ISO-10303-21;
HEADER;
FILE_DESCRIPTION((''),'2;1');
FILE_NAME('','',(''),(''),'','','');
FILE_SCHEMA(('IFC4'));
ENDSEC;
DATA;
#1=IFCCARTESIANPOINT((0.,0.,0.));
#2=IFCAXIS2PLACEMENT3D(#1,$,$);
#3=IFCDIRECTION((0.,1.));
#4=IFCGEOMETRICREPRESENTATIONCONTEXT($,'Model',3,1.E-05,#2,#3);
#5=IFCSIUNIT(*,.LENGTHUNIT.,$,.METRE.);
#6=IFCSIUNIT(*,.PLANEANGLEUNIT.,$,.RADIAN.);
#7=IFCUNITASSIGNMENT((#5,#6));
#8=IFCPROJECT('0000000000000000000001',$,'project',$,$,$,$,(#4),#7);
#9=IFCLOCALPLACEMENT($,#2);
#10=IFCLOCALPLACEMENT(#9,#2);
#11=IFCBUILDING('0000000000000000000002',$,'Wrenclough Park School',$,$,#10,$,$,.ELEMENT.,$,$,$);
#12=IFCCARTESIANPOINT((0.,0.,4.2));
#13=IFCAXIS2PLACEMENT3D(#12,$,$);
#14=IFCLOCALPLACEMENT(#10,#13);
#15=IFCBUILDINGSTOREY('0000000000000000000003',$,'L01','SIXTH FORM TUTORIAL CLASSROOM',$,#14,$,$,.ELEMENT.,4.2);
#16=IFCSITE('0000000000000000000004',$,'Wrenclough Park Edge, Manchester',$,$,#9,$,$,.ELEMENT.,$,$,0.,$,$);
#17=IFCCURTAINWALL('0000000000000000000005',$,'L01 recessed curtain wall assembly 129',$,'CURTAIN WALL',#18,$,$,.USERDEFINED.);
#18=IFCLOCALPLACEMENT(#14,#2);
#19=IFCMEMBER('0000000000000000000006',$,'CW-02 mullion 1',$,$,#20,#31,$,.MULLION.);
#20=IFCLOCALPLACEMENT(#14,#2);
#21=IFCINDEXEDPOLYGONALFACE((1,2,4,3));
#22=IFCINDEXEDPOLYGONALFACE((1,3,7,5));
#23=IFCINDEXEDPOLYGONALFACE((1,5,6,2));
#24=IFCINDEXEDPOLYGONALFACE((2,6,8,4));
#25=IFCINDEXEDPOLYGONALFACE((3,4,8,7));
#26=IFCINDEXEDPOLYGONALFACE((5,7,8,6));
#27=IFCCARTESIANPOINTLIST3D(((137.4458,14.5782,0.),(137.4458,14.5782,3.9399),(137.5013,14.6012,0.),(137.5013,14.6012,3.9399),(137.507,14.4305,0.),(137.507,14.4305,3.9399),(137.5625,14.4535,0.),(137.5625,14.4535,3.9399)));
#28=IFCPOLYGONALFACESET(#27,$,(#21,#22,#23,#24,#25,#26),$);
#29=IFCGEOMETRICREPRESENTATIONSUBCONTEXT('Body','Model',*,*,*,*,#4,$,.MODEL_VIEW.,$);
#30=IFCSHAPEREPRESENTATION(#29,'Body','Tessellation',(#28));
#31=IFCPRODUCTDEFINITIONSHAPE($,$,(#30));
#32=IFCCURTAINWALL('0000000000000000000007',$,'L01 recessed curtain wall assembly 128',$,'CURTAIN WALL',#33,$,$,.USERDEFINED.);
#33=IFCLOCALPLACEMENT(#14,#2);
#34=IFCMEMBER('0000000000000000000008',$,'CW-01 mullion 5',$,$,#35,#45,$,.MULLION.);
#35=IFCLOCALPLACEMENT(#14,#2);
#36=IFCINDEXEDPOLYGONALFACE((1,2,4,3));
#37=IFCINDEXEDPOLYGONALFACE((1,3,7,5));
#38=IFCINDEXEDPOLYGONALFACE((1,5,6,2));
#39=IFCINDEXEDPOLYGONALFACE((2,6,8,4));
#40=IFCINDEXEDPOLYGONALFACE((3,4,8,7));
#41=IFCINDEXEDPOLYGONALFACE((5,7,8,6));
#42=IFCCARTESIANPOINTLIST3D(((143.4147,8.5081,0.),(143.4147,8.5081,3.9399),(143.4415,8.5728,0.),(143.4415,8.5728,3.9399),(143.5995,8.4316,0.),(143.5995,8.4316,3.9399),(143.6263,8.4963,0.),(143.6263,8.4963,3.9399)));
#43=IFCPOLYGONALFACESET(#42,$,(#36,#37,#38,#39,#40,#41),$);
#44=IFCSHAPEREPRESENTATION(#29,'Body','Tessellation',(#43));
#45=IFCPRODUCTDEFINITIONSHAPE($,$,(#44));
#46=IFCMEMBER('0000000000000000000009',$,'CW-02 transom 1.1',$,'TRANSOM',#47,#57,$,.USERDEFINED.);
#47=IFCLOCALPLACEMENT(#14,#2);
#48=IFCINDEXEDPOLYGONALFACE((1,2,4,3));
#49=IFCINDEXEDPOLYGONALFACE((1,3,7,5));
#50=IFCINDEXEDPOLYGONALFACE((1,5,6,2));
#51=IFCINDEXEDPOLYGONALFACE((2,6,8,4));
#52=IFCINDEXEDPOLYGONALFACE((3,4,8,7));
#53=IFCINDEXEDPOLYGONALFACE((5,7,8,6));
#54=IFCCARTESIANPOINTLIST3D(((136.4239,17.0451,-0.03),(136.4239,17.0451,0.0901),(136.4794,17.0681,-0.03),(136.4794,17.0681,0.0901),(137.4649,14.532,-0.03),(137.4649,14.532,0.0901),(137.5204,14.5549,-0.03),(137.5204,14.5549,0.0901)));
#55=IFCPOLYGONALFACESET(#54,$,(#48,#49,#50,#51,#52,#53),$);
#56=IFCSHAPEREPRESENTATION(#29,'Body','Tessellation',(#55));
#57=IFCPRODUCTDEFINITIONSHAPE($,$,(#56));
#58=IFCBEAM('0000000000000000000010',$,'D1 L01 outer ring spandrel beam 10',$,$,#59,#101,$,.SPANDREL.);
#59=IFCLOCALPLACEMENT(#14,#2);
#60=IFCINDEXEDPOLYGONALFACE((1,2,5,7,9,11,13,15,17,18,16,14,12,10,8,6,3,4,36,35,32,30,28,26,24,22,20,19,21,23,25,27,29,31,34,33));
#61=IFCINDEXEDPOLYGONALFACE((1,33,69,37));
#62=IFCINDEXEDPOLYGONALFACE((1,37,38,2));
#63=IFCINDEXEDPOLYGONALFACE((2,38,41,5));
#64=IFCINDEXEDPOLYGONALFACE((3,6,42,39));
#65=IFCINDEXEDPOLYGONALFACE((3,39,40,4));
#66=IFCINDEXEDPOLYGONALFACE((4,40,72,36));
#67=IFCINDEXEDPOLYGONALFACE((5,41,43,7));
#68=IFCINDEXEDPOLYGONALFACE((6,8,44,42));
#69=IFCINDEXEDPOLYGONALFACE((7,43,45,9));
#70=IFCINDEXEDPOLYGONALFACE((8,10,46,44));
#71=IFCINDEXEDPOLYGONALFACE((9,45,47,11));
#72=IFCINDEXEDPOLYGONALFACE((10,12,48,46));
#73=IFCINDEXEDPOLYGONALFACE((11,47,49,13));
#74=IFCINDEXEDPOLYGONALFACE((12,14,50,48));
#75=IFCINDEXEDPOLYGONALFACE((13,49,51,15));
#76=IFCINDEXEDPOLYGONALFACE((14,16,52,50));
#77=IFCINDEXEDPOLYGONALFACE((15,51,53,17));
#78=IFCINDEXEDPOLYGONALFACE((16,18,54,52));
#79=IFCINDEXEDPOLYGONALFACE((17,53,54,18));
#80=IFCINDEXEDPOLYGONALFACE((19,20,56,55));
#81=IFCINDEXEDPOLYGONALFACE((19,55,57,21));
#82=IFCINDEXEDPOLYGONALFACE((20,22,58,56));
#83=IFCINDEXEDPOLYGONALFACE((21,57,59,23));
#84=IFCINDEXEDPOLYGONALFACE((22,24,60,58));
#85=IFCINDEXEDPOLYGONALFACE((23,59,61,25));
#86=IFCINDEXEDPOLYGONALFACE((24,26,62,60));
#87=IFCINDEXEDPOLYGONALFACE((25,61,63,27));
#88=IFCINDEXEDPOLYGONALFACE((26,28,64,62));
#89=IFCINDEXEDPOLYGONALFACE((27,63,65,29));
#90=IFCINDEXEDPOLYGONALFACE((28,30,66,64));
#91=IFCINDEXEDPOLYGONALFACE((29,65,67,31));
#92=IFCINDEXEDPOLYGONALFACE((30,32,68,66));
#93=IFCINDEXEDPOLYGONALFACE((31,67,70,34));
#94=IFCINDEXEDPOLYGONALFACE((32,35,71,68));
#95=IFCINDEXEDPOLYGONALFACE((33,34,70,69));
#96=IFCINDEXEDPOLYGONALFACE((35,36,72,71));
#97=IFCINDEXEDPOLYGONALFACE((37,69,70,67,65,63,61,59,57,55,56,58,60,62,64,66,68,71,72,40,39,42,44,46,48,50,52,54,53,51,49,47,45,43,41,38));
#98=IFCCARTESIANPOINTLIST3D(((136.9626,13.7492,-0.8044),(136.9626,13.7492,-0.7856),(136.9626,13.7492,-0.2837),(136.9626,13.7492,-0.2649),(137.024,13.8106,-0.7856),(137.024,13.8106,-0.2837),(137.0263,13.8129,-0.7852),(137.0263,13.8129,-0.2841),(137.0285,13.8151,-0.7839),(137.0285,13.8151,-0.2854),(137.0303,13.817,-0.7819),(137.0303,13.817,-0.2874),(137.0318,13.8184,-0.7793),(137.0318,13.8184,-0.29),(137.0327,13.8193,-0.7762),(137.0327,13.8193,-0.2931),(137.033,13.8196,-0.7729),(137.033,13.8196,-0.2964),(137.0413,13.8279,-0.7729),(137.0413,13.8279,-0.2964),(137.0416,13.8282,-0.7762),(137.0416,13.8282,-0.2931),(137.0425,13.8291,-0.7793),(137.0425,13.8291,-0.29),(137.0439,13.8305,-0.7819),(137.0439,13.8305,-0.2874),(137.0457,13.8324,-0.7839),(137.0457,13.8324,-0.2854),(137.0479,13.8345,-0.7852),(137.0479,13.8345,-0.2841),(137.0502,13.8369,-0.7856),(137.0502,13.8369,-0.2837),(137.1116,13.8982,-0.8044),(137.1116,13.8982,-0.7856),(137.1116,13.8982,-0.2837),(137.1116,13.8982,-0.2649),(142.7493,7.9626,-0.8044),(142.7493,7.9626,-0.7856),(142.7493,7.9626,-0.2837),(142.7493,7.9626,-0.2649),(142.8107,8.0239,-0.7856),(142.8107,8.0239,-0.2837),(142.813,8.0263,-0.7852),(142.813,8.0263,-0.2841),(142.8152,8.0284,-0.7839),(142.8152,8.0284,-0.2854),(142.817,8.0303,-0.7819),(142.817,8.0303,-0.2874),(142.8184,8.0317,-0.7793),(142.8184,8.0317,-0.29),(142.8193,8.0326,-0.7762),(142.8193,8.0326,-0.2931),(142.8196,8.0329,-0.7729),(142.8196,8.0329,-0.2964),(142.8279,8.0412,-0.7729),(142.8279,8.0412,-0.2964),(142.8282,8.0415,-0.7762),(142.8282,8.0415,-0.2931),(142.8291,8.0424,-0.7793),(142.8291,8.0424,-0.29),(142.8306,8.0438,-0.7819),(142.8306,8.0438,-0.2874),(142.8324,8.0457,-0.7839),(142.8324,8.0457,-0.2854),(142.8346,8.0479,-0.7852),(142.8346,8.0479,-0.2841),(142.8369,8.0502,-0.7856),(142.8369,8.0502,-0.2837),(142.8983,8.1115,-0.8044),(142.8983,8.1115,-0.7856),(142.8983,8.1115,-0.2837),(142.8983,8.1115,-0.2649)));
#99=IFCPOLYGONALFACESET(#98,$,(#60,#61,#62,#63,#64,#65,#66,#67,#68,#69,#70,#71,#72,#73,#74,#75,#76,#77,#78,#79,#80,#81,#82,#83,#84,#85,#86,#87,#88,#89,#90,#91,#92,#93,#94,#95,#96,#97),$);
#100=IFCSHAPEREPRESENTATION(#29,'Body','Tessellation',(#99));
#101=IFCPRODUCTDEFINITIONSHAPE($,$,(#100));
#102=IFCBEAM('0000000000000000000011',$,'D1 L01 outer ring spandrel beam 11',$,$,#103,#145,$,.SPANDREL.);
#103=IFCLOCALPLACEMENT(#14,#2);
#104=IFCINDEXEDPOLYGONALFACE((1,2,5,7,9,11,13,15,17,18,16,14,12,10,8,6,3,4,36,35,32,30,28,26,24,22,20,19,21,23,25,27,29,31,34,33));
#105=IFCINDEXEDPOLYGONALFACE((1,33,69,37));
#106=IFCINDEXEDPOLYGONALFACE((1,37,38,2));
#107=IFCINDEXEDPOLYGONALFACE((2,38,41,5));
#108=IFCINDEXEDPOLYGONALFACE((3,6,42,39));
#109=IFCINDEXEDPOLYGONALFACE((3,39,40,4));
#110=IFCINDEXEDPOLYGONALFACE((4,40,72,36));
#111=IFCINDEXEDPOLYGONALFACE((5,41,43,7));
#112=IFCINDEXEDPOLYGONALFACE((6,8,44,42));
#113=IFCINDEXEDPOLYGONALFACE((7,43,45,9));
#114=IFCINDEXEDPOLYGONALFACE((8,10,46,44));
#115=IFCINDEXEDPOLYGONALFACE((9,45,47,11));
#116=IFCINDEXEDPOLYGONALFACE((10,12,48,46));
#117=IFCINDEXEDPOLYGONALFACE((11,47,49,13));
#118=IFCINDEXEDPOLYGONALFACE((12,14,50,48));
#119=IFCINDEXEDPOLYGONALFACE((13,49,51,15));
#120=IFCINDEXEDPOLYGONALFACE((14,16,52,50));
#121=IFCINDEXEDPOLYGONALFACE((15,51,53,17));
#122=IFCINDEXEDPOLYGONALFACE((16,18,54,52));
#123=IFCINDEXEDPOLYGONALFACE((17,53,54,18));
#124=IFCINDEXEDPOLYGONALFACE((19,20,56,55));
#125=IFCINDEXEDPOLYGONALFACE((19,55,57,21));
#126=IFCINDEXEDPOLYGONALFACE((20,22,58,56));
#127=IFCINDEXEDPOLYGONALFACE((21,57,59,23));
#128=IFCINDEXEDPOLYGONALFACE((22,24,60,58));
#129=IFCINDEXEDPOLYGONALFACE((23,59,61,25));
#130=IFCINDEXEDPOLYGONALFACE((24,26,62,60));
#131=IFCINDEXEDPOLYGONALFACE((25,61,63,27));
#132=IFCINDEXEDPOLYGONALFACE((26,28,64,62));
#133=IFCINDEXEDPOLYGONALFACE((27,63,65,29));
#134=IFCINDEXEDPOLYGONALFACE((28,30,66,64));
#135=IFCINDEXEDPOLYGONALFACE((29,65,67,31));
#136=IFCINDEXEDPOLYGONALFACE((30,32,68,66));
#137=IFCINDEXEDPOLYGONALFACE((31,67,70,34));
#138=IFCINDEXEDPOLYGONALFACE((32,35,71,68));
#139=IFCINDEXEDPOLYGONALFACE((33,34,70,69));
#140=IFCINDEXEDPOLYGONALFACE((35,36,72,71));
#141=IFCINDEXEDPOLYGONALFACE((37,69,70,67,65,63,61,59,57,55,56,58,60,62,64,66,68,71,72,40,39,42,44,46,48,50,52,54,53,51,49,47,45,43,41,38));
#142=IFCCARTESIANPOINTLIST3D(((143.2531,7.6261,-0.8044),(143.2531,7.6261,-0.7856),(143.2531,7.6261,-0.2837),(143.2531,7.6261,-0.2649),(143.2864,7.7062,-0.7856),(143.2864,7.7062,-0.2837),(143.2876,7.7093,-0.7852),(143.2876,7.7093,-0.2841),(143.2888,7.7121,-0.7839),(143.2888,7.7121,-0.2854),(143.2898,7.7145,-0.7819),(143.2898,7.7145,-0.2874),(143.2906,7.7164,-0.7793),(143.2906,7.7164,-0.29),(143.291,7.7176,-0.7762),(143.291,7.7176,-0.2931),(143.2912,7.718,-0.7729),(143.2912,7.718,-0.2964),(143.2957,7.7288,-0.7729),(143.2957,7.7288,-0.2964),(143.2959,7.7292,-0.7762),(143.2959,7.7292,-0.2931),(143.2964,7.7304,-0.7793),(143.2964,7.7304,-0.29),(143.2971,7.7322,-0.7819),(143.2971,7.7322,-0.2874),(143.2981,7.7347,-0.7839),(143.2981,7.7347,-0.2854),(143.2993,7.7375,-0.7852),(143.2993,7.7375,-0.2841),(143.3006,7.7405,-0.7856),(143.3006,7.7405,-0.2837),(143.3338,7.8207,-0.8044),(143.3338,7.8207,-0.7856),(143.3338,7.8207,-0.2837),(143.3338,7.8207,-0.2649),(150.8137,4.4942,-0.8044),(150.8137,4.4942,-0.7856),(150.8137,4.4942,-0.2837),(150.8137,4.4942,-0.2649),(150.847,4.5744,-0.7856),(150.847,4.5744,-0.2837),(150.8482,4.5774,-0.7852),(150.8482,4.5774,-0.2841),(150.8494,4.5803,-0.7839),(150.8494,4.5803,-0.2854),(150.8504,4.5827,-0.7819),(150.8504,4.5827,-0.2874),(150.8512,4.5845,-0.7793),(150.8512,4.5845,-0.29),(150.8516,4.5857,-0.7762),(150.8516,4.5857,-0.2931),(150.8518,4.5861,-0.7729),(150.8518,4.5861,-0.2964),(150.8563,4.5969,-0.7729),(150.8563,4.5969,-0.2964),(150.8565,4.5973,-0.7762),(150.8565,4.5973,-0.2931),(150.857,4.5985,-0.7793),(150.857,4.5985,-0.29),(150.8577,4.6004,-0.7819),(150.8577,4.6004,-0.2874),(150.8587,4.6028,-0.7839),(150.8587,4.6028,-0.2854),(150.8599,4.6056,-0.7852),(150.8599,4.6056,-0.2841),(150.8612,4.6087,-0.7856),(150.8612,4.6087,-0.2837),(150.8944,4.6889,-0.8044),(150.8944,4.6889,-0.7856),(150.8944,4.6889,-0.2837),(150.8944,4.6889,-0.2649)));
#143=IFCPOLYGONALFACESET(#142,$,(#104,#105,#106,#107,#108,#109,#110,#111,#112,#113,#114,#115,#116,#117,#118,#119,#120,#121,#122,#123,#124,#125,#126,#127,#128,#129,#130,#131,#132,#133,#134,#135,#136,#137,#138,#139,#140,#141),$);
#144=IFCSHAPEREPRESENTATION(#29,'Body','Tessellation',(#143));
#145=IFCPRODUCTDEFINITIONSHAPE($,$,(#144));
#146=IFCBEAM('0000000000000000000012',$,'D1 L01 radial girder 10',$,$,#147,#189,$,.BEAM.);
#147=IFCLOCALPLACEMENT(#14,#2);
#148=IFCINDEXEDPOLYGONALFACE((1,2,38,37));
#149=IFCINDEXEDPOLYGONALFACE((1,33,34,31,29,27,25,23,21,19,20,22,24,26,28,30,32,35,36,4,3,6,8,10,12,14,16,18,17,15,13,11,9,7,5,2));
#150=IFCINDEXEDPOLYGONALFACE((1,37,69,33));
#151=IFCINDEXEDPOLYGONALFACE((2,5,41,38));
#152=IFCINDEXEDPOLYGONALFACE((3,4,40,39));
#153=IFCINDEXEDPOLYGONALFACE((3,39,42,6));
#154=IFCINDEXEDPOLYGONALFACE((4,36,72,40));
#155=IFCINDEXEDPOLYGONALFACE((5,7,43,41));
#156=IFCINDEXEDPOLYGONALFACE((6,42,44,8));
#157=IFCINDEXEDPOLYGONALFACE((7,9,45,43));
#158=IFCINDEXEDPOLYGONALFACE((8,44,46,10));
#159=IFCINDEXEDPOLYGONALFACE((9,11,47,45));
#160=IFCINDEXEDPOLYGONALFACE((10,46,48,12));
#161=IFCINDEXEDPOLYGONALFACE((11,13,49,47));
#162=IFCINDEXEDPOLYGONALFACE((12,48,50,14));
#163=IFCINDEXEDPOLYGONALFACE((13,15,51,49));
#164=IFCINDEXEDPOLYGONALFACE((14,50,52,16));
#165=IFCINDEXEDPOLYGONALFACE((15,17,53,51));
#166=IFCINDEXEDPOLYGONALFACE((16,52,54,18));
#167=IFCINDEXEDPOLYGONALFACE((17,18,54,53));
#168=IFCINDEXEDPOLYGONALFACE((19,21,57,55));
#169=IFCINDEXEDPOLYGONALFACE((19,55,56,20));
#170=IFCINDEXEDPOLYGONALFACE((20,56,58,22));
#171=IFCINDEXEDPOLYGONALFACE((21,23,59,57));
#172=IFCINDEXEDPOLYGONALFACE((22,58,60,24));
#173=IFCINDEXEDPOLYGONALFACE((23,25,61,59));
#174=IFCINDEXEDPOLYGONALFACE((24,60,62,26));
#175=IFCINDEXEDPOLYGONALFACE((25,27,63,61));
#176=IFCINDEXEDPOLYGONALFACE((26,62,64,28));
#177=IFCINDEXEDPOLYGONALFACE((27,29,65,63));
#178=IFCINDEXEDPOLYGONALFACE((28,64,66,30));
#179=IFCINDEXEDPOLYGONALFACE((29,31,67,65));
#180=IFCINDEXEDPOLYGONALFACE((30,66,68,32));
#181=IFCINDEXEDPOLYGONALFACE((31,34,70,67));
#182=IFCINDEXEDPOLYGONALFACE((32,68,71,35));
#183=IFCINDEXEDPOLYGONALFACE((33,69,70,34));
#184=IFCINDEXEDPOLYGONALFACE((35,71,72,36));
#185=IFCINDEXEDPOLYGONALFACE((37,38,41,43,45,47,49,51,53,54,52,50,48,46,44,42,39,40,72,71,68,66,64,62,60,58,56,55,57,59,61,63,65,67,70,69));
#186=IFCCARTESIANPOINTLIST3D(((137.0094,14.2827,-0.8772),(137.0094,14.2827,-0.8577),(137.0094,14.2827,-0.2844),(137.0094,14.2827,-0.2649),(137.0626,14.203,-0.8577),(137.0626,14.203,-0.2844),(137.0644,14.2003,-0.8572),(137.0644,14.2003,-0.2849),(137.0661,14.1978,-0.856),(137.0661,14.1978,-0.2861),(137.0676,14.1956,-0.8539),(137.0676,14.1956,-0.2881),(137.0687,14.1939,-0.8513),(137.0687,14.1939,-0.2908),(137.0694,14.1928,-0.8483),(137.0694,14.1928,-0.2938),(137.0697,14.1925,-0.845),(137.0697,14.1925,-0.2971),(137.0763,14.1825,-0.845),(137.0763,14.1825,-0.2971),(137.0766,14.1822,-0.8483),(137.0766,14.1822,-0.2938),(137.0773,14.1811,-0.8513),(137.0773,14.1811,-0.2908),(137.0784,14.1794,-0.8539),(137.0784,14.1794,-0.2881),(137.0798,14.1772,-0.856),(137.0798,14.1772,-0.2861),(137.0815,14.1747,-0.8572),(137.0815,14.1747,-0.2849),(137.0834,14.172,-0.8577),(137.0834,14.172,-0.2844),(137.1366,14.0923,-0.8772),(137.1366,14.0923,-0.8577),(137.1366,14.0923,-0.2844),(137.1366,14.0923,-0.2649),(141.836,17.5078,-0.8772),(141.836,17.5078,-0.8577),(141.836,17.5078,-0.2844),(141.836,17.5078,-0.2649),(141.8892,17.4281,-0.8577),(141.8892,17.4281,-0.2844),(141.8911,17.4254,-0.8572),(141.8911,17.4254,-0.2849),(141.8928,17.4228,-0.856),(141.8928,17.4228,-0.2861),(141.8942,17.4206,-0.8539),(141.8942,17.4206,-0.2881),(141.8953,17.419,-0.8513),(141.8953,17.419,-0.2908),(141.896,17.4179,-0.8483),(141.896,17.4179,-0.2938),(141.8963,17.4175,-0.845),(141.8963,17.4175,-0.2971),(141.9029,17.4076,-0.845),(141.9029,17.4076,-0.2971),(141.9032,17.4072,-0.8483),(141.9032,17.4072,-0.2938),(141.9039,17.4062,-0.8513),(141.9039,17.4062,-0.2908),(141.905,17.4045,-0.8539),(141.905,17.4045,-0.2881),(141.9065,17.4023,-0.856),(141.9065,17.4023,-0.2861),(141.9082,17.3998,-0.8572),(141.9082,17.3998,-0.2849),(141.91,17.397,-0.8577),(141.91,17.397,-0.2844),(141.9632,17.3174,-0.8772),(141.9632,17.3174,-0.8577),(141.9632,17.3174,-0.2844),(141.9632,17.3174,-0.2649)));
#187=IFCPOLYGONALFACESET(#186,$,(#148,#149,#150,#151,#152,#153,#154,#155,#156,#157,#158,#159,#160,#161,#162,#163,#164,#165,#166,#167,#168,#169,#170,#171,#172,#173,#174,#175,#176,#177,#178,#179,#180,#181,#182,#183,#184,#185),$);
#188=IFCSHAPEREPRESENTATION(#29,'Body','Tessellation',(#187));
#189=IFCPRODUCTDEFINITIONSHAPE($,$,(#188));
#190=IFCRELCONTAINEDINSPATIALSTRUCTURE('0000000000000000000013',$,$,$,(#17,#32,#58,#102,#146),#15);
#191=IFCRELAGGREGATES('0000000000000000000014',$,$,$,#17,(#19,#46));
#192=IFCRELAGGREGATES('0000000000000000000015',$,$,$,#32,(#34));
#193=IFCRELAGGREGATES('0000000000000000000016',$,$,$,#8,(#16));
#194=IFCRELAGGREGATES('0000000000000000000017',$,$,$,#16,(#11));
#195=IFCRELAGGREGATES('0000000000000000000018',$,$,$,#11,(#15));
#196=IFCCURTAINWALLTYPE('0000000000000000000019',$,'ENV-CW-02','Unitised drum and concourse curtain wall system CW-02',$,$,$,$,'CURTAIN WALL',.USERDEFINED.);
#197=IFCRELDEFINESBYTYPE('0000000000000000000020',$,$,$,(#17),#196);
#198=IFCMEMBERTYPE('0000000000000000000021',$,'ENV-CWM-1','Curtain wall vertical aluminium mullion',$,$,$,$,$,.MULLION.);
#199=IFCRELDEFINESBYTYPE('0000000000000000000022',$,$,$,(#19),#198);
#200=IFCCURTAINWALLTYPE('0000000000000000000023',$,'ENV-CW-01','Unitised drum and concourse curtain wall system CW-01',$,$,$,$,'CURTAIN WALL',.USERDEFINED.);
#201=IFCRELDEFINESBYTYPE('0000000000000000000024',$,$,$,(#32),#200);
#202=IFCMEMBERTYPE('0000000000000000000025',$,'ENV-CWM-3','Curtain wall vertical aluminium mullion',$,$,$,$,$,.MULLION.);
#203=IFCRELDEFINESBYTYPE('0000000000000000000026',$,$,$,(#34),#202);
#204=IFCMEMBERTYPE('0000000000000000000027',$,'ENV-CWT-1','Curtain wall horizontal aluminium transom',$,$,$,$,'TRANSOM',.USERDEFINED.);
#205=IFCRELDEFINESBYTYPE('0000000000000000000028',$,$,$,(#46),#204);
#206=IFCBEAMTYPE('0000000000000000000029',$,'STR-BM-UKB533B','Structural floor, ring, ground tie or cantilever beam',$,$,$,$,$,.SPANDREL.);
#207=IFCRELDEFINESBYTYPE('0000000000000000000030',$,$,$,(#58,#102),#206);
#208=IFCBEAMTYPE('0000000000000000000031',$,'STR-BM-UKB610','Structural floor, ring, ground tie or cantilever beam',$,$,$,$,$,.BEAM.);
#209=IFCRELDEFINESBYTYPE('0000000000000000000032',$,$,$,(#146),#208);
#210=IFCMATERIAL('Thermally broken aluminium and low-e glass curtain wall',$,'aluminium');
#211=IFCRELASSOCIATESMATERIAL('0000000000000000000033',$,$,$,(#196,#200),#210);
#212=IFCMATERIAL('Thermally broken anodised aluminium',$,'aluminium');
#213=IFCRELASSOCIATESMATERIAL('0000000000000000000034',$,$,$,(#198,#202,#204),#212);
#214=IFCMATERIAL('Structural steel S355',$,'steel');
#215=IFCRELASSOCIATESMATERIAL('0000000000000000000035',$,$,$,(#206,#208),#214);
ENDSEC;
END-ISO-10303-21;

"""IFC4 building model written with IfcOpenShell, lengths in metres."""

from ifc_helpers import new_model, si_unit, direction, frame, origin, origin_2d, place, context, subcontext, project, spatial, rectangle, i_section, extrude, material, material_profile, profile_set, type_object, element, aggregate, save


model = new_model("IFC4")

# Units and contexts
model_context = context("Model", 3, precision=1e-05, world=origin(), true_north=direction((0.0, 1.0)))
body_context = subcontext(model_context, "Body", "Model", "MODEL_VIEW")
ifc_project = project(units=[si_unit("LENGTHUNIT", "METRE"), si_unit("PLANEANGLEUNIT", "RADIAN")], contexts=[model_context])

# Site, building, storey
site_placement = place(None, origin())
site = spatial("IfcSite", under=ifc_project, at=site_placement, Name="Wrenclough Park Edge, Manchester", CompositionType="ELEMENT", RefElevation=0.0)
building_placement = place(site_placement, origin())
building = spatial("IfcBuilding", under=site, at=building_placement, Name="Wrenclough Park School", CompositionType="ELEMENT")
storey_placement = place(building_placement, frame((0.0, 0.0, 4.2)))
storey = spatial("IfcBuildingStorey", under=building, at=storey_placement, Name="L01", Description="SIXTH FORM TUTORIAL CLASSROOM", CompositionType="ELEMENT", Elevation=4.2)

# Curtain walls, members
ifc_material_1 = material(Name="Thermally broken aluminium and low-e glass curtain wall", Category="aluminium")
curtain_wall_type_1 = type_object("IfcCurtainWallType", Name="ENV-CW-02", Description="Unitised drum and concourse curtain wall system CW-02", ElementType="CURTAIN WALL", PredefinedType="USERDEFINED", material=ifc_material_1)
curtain_wall_1_placement = place(storey_placement, origin())
curtain_wall_1 = element("IfcCurtainWall", 1, at=curtain_wall_1_placement, inside=storey, type_object=curtain_wall_type_1, Name="L01 recessed curtain wall assembly 129", ObjectType="CURTAIN WALL", PredefinedType="USERDEFINED")
ifc_material_2 = material(Name="Thermally broken anodised aluminium", Category="aluminium")
ifc_material_profile_1 = material_profile(ifc_material_2, rectangle(XDim=0.0601, YDim=0.1599, at=origin_2d()), Name="AL MULLION 60x160")
ifc_profile_set_1 = profile_set([ifc_material_profile_1], Name="Thermally broken anodised aluminium")
member_type_1 = type_object("IfcMemberType", Name="ENV-CWM-1", Description="Curtain wall vertical aluminium mullion", PredefinedType="MULLION", material=ifc_profile_set_1)
member_1_placement = place(storey_placement, frame((137.5042, 14.5159, 0.0), z_axis=(0.0, 0.0, 1.0), x_axis=(-0.923878, -0.382687, 0.0)))
member_1 = element("IfcMember", 2, at=member_1_placement, type_object=member_type_1, Name="CW-02 mullion 1", PredefinedType="MULLION", context=body_context, shape_type="SweptSolid", body=[
    extrude(rectangle(XDim=0.0601, YDim=0.1599, at=origin_2d()), origin(), (0.0, 0.0, 1.0), 3.9399),
])
curtain_wall_type_2 = type_object("IfcCurtainWallType", Name="ENV-CW-01", Description="Unitised drum and concourse curtain wall system CW-01", ElementType="CURTAIN WALL", PredefinedType="USERDEFINED", material=ifc_material_1)
curtain_wall_2_placement = place(storey_placement, origin())
curtain_wall_2 = element("IfcCurtainWall", 3, at=curtain_wall_2_placement, inside=storey, type_object=curtain_wall_type_2, Name="L01 recessed curtain wall assembly 128", ObjectType="CURTAIN WALL", PredefinedType="USERDEFINED")
ifc_material_profile_2 = material_profile(ifc_material_2, rectangle(XDim=0.0701, YDim=0.2, at=origin_2d()), Name="AL MULLION 70x200")
ifc_profile_set_2 = profile_set([ifc_material_profile_2], Name="Thermally broken anodised aluminium")
member_type_2 = type_object("IfcMemberType", Name="ENV-CWM-3", Description="Curtain wall vertical aluminium mullion", PredefinedType="MULLION", material=ifc_profile_set_2)
member_2_placement = place(storey_placement, frame((143.5205, 8.5022, 0.0), z_axis=(0.0, 0.0, 1.0), x_axis=(-0.382687, -0.923878, 0.0)))
member_2 = element("IfcMember", 4, at=member_2_placement, type_object=member_type_2, Name="CW-01 mullion 5", PredefinedType="MULLION", context=body_context, shape_type="SweptSolid", body=[
    extrude(rectangle(XDim=0.0701, YDim=0.2, at=origin_2d()), origin(), (0.0, 0.0, 1.0), 3.9399),
])

# Member
ifc_material_profile_3 = material_profile(ifc_material_2, rectangle(XDim=0.0601, YDim=0.1201, at=origin_2d()), Name="AL TRANSOM 60x120")
ifc_profile_set_3 = profile_set([ifc_material_profile_3], Name="Thermally broken anodised aluminium")
member_type_3 = type_object("IfcMemberType", Name="ENV-CWT-1", Description="Curtain wall horizontal aluminium transom", ElementType="TRANSOM", PredefinedType="USERDEFINED", material=ifc_profile_set_3)
member_3_placement = place(storey_placement, frame((137.4927, 14.5435, 0.03), z_axis=(-0.38269, 0.923877, 0.0), x_axis=(-0.923877, -0.38269, 0.0)))
member_3 = element("IfcMember", 5, at=member_3_placement, type_object=member_type_3, Name="CW-02 transom 1.1", ObjectType="TRANSOM", PredefinedType="USERDEFINED", context=body_context, shape_type="SweptSolid", body=[
    extrude(rectangle(XDim=0.0601, YDim=0.1201, at=origin_2d()), origin(), (0.0, 0.0, 1.0), 2.7202),
])
aggregate(curtain_wall_1, [member_1, member_3])

# Beams
ifc_material_3 = material(Name="Structural steel S355", Category="steel")
ifc_material_profile_4 = material_profile(ifc_material_3, i_section(OverallWidth=0.2107, OverallDepth=0.5396, WebThickness=0.0117, FlangeThickness=0.0188, FilletRadius=0.0127, at=origin_2d()), Name="UKB 533x210x109")
ifc_profile_set_4 = profile_set([ifc_material_profile_4], Name="Structural steel S355")
beam_type_1 = type_object("IfcBeamType", Name="STR-BM-UKB533B", Description="Structural floor, ring, ground tie or cantilever beam", PredefinedType="SPANDREL", material=ifc_profile_set_4)
for number, where, z_axis, x_axis, name in (
    (6, (137.0371, 13.8237, -0.5347), (0.707107, -0.707107, 0.0), (0.707107, 0.707107, 0.0), "D1 L01 outer ring spandrel beam 10"),
    (7, (143.2935, 7.7234, -0.5347), (0.923873, -0.3827, 0.0), (0.3827, 0.923873, 0.0), "D1 L01 outer ring spandrel beam 11"),
):
    element("IfcBeam", number, at=place(storey_placement, frame(where, z_axis=z_axis, x_axis=x_axis)), inside=storey, type_object=beam_type_1, Name=name, PredefinedType="SPANDREL", context=body_context, shape_type="SweptSolid", body=[
        extrude(i_section(OverallWidth=0.2107, OverallDepth=0.5396, WebThickness=0.0117, FlangeThickness=0.0188, FilletRadius=0.0127, at=origin_2d()), origin(), (0.0, 0.0, 1.0), 8.1836),
    ])
ifc_material_profile_5 = material_profile(ifc_material_3, i_section(OverallWidth=0.229, OverallDepth=0.6123, WebThickness=0.012, FlangeThickness=0.0195, FilletRadius=0.0127, at=origin_2d()), Name="UKB 610x229x125")
ifc_profile_set_5 = profile_set([ifc_material_profile_5], Name="Structural steel S355")
beam_type_2 = type_object("IfcBeamType", Name="STR-BM-UKB610", Description="Structural floor, ring, ground tie or cantilever beam", PredefinedType="BEAM", material=ifc_profile_set_5)
for number, where, z_axis, x_axis, name in (
    (8, (137.073, 14.1875, -0.571), (0.831468, 0.555573, 0.0), (-0.555573, 0.831468, 0.0), "D1 L01 radial girder 10"),
):
    element("IfcBeam", number, at=place(storey_placement, frame(where, z_axis=z_axis, x_axis=x_axis)), inside=storey, type_object=beam_type_2, Name=name, PredefinedType="BEAM", context=body_context, shape_type="SweptSolid", body=[
        extrude(i_section(OverallWidth=0.229, OverallDepth=0.6123, WebThickness=0.012, FlangeThickness=0.0195, FilletRadius=0.0127, at=origin_2d()), origin(), (0.0, 0.0, 1.0), 5.8049),
    ])

aggregate(curtain_wall_2, [member_2])

save(model, "model.ifc")
